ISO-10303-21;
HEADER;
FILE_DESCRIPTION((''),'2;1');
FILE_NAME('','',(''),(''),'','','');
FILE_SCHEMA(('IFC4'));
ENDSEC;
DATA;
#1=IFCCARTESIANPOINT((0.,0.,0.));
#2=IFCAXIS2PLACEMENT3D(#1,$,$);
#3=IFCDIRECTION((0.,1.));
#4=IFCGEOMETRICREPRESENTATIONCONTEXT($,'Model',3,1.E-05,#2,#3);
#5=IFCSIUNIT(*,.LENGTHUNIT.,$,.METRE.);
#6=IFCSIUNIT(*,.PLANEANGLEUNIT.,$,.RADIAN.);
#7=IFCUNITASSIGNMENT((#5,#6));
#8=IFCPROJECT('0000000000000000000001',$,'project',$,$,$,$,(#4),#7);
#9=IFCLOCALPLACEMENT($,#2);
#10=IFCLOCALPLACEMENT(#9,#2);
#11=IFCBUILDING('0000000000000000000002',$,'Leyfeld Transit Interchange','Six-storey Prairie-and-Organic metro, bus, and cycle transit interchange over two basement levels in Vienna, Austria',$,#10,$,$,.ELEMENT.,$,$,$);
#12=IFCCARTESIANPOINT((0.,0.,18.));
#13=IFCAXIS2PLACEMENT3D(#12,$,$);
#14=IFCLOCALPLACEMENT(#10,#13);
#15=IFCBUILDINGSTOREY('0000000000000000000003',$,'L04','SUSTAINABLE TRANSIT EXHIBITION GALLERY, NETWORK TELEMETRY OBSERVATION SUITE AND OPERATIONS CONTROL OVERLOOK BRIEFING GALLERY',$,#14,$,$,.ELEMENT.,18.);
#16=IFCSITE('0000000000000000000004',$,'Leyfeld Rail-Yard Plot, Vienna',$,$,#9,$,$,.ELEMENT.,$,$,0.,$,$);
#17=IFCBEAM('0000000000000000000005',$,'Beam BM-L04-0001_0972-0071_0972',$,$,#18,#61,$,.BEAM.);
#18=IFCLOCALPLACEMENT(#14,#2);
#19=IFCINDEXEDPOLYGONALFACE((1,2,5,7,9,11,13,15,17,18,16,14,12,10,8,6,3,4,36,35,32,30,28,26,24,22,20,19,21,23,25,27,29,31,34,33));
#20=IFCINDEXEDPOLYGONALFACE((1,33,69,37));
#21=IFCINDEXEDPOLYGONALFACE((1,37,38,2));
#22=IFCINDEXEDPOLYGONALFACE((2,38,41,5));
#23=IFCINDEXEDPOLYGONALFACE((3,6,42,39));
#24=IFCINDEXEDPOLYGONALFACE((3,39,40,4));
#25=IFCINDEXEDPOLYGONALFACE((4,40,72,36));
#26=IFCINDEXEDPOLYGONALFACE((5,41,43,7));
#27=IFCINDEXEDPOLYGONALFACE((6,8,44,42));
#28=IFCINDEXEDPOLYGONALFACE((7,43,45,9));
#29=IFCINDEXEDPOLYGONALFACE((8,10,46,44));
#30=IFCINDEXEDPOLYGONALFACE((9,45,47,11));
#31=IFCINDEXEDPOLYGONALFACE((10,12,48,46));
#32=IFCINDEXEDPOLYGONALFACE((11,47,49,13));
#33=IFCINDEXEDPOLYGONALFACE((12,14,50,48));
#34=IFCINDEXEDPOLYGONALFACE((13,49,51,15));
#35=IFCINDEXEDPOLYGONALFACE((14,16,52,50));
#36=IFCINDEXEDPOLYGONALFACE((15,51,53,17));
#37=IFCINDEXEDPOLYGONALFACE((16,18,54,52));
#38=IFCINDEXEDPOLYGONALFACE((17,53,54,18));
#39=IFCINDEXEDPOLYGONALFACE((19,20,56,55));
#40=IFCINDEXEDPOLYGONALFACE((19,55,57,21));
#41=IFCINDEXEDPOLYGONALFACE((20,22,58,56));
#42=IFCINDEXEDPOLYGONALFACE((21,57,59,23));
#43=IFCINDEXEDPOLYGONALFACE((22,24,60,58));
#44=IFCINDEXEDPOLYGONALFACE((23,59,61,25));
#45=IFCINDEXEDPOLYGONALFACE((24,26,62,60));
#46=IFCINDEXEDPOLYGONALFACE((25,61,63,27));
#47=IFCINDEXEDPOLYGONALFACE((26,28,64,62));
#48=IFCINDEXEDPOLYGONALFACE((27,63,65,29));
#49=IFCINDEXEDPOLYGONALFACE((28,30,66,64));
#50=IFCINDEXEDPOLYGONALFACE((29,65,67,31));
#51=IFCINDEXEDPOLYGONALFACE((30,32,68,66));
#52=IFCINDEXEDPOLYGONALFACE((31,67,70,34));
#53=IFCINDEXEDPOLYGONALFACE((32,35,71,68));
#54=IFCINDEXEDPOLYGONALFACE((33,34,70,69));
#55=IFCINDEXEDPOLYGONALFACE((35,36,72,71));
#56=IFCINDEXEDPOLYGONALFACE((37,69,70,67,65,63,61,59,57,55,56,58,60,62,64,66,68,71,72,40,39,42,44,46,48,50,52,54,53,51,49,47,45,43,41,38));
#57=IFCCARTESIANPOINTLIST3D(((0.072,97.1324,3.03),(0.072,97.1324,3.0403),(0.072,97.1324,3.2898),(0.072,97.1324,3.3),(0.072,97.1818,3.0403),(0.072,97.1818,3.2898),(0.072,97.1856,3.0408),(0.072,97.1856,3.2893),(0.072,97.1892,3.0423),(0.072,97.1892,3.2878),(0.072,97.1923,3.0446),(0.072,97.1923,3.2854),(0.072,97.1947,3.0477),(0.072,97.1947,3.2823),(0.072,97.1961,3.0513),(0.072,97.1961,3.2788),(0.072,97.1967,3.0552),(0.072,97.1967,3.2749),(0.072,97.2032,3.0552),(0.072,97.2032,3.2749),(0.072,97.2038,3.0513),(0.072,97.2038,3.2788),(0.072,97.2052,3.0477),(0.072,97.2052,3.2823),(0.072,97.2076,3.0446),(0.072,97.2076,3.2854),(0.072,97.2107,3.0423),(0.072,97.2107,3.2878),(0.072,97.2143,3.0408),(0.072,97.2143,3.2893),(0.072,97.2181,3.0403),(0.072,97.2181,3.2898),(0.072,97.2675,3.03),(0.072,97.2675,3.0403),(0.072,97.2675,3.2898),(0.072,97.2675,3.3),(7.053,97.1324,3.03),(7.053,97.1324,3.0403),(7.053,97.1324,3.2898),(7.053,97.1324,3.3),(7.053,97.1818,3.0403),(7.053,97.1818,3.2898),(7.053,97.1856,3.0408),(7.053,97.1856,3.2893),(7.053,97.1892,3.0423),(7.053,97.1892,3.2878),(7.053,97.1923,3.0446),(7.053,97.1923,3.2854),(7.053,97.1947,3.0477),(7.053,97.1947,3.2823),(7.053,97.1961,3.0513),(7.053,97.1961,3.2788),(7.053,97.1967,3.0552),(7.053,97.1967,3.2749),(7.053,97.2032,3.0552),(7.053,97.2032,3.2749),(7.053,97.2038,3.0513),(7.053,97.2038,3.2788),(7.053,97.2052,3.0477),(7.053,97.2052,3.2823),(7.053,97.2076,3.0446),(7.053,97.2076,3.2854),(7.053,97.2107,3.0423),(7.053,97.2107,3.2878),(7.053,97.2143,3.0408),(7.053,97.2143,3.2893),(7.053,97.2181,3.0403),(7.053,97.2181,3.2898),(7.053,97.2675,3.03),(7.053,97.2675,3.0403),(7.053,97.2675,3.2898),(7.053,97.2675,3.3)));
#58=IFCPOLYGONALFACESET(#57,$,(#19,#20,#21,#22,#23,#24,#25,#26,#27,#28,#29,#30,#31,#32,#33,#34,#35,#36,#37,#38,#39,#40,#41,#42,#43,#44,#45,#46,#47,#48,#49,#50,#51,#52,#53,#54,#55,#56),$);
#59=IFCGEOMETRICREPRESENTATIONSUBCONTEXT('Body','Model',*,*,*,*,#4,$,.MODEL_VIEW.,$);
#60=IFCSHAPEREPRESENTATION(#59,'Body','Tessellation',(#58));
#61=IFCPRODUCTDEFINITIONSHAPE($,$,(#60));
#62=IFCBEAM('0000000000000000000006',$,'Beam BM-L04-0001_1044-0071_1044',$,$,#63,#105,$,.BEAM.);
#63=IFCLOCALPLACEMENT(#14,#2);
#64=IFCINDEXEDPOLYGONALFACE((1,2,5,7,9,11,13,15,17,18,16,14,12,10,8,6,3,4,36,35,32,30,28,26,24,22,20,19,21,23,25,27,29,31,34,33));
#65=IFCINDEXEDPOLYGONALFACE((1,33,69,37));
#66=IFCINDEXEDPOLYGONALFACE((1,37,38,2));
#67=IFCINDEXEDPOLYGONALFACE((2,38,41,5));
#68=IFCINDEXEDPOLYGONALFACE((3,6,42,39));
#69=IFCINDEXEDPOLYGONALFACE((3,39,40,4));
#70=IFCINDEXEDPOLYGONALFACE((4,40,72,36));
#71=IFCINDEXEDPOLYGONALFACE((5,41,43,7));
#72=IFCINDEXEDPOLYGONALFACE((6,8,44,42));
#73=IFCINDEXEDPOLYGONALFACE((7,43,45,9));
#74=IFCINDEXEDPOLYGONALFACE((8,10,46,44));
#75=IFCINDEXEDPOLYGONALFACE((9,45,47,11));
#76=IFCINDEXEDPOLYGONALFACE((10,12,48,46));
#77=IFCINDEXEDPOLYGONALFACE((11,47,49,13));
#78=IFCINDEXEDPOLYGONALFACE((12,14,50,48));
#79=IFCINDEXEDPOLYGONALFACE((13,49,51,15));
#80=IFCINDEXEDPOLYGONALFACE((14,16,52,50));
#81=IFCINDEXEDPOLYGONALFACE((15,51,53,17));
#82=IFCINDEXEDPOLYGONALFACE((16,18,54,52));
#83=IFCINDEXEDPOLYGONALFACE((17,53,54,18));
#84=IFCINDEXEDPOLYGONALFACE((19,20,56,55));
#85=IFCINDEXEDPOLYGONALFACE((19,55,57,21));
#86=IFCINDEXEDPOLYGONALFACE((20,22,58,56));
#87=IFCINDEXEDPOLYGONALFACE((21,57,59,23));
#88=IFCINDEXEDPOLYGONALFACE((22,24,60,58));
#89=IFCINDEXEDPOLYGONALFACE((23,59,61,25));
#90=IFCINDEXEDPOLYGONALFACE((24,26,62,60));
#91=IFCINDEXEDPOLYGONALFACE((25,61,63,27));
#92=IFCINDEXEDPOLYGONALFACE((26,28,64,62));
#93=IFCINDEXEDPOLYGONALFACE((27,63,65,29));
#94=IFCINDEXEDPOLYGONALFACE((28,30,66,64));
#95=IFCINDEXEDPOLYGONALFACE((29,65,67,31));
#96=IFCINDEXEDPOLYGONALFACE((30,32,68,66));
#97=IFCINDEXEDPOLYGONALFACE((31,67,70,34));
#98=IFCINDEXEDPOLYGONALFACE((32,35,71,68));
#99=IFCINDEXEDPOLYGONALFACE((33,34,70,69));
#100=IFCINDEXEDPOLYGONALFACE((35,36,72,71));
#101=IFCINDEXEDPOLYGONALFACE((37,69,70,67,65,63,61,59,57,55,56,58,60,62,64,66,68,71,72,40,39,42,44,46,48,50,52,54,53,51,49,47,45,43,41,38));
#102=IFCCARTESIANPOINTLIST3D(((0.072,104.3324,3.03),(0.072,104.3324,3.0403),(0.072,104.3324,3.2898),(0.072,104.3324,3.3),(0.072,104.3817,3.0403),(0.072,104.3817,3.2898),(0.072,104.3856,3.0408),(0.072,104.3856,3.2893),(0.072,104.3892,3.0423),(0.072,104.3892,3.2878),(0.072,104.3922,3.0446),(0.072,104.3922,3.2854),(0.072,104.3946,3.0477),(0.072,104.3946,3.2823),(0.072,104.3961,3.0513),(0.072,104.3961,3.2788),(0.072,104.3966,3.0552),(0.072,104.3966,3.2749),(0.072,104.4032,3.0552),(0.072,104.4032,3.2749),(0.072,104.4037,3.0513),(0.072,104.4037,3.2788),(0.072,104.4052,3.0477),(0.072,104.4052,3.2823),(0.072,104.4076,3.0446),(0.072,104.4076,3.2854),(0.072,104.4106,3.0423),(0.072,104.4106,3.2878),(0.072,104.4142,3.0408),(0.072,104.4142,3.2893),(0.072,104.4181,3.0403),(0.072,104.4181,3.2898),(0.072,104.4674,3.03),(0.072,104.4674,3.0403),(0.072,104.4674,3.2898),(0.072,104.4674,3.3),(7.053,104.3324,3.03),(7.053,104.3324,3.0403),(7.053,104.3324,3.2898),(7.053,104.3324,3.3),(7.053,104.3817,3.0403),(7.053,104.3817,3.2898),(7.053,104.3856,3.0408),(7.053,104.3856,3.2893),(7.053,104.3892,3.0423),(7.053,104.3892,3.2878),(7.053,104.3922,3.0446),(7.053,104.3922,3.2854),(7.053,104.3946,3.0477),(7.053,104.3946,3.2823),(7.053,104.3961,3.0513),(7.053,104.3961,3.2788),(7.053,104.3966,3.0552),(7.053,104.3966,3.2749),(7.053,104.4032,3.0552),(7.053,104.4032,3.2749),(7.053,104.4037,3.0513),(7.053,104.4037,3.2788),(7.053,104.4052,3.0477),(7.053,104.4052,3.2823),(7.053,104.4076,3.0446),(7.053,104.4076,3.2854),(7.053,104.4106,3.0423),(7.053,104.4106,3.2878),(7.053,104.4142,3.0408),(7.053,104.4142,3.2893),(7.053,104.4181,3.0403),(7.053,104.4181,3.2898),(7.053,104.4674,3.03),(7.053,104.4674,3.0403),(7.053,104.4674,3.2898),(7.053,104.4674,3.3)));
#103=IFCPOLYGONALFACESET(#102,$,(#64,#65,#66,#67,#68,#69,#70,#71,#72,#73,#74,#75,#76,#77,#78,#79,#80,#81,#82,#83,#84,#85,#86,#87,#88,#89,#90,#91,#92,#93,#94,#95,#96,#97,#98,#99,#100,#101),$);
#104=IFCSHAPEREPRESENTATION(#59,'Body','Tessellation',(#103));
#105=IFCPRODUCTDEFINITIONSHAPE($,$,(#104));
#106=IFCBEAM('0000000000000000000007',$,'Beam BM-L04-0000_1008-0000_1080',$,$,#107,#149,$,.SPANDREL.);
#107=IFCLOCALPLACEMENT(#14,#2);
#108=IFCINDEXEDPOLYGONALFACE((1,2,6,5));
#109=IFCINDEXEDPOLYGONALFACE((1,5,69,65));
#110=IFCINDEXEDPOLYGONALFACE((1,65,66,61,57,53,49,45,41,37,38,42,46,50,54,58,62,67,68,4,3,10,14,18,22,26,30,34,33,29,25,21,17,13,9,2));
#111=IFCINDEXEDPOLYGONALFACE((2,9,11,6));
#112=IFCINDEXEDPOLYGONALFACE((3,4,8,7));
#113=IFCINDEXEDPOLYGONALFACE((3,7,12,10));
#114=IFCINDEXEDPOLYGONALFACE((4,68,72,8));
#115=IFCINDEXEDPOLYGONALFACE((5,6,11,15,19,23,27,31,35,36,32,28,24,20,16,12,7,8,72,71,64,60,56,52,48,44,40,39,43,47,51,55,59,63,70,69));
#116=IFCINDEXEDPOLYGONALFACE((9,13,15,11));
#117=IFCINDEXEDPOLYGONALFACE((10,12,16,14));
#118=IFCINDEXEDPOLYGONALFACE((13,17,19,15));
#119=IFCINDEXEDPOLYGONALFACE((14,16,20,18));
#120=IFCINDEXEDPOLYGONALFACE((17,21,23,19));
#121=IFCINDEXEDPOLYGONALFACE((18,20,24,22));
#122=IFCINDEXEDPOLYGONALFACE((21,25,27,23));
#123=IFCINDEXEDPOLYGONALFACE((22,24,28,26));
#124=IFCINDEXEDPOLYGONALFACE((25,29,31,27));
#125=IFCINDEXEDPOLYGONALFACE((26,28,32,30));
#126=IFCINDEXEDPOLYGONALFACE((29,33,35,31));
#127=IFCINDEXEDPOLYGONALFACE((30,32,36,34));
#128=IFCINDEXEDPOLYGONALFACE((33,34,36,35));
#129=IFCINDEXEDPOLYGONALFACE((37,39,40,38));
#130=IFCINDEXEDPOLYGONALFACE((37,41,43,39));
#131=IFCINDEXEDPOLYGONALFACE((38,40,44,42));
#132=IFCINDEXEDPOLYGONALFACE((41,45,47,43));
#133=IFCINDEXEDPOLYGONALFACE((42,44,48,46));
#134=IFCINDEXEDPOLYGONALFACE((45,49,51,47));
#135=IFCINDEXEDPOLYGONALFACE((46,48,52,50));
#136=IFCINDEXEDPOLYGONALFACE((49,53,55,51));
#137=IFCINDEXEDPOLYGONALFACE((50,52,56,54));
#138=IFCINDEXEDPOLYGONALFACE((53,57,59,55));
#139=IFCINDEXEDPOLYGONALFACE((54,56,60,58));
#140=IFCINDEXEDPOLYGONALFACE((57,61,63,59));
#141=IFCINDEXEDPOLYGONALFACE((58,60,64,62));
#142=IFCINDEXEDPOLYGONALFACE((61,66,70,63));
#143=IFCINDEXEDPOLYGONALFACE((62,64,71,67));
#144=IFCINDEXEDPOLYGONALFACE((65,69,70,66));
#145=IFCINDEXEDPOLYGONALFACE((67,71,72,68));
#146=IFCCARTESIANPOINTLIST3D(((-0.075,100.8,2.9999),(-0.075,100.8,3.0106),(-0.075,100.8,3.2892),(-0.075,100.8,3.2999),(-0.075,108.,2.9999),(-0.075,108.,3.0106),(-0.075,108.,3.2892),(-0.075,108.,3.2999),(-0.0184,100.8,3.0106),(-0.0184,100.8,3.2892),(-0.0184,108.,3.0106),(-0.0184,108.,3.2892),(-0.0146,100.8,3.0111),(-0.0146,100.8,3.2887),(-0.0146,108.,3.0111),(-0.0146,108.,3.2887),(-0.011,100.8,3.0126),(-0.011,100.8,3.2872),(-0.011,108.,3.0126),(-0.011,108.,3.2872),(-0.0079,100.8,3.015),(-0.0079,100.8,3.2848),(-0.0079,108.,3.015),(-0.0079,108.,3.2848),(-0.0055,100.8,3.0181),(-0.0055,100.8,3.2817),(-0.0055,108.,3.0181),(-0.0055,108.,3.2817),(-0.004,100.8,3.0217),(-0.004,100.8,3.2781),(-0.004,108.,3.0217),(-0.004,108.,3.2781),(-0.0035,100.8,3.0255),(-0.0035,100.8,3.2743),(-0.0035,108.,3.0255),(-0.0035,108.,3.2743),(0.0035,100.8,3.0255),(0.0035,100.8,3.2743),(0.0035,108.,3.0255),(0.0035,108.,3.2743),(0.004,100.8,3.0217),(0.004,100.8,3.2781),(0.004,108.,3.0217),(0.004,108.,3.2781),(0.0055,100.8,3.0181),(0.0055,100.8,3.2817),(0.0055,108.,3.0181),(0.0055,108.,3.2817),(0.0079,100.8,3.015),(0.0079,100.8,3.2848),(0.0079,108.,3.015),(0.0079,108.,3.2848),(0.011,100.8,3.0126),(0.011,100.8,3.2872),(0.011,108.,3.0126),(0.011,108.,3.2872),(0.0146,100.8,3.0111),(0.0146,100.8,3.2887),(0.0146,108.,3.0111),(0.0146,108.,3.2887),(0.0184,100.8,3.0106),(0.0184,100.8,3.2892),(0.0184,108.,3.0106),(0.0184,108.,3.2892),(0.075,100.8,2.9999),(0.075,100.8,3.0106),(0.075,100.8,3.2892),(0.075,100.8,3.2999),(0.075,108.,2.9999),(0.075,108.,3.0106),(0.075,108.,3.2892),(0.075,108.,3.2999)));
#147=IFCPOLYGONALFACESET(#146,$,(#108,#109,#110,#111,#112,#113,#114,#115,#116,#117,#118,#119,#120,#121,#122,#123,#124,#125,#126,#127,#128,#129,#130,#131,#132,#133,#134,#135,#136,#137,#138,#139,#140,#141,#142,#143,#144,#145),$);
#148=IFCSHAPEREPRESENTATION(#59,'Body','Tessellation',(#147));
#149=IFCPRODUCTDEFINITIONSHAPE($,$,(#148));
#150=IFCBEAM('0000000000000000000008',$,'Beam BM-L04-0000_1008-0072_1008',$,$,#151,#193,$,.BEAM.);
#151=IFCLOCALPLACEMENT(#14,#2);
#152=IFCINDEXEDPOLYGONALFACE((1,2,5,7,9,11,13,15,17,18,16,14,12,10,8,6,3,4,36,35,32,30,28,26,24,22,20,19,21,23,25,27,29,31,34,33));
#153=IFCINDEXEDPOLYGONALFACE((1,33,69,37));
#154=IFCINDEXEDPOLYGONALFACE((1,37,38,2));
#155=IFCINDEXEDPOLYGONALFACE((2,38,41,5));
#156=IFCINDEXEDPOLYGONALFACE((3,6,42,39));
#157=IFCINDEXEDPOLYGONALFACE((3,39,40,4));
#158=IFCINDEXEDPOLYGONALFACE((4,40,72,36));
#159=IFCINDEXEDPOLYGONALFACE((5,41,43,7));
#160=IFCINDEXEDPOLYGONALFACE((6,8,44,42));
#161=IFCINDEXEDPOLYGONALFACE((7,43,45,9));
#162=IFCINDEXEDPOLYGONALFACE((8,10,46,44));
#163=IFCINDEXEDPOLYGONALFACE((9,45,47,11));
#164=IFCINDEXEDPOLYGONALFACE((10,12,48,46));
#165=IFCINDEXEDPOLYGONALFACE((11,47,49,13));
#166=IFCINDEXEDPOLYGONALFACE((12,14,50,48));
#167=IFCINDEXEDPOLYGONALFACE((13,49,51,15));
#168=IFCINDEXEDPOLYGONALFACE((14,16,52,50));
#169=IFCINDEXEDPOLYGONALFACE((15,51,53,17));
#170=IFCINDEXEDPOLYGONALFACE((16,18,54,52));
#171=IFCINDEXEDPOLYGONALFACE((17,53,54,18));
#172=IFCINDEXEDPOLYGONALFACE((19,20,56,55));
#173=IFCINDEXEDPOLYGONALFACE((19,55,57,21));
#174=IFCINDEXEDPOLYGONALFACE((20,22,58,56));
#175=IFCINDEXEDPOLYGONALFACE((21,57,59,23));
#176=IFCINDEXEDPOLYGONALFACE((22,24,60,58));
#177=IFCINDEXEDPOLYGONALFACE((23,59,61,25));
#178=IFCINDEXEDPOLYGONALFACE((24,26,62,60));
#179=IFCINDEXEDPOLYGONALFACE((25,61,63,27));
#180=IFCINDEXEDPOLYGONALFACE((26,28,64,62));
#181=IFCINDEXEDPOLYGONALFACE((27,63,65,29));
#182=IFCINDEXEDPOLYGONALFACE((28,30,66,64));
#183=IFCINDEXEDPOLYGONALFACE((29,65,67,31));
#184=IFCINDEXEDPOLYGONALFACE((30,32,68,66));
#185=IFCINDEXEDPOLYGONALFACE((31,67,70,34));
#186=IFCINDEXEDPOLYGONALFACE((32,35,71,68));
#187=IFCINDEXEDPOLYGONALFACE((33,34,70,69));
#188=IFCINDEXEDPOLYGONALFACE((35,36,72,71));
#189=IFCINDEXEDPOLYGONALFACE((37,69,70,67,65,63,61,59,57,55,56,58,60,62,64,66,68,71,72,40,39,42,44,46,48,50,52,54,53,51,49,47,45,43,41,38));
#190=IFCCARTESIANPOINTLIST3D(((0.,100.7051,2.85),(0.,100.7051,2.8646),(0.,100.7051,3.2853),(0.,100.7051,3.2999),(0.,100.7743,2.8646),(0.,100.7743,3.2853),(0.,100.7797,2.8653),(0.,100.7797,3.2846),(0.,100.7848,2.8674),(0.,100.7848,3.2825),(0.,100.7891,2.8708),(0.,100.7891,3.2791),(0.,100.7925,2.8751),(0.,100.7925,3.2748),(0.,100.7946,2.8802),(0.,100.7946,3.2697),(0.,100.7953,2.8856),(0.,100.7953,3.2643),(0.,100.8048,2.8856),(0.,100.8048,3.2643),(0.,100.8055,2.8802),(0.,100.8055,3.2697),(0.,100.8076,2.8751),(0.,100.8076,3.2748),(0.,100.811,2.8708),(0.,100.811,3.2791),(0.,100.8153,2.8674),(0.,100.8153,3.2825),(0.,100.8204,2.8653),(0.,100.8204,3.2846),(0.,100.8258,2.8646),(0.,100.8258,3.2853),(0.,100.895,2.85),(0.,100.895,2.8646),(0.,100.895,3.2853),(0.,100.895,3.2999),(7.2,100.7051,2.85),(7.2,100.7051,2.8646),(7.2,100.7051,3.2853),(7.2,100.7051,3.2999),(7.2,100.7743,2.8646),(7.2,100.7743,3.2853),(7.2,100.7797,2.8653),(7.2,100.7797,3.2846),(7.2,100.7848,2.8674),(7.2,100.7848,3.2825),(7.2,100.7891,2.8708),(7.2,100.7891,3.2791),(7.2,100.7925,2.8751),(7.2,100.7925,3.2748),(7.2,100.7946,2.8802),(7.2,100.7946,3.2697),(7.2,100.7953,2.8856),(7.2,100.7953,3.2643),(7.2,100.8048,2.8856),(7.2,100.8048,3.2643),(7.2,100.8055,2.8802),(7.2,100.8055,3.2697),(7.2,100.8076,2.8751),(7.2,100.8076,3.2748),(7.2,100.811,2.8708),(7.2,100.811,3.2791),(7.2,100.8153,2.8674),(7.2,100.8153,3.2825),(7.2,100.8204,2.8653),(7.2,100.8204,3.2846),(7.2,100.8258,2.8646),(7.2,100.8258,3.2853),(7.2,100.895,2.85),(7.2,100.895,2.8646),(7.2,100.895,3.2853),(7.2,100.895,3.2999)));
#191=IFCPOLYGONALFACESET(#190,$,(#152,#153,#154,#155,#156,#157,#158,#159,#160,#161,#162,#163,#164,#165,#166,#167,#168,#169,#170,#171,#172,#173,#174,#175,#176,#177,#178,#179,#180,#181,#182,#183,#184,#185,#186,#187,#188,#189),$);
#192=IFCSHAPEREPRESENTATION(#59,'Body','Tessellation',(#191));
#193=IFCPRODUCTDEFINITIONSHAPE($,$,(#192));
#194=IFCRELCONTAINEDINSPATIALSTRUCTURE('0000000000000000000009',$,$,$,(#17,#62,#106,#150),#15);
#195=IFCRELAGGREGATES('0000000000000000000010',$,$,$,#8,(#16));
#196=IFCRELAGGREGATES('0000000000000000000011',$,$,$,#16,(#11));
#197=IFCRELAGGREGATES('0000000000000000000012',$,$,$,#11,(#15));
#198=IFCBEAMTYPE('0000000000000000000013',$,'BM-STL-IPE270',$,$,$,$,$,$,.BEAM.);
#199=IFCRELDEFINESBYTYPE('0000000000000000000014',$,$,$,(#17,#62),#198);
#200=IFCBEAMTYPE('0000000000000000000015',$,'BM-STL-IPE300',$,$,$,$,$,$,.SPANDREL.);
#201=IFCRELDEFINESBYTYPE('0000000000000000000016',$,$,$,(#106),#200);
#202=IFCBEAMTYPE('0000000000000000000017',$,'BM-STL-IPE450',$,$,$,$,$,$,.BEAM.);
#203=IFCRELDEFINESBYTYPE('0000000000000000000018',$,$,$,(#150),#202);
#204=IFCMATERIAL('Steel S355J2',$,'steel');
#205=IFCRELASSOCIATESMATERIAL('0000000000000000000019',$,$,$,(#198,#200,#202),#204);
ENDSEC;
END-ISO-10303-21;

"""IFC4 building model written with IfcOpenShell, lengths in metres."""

from ifc_helpers import new_model, si_unit, direction, frame, origin, origin_2d, place, context, subcontext, project, spatial, i_section, extrude, material, material_profile, profile_set, type_object, element, save


model = new_model("IFC4")

# Units and contexts
model_context = context("Model", 3, precision=1e-05, world=origin(), true_north=direction((0.0, 1.0)))
body_context = subcontext(model_context, "Body", "Model", "MODEL_VIEW")
ifc_project = project(units=[si_unit("LENGTHUNIT", "METRE"), si_unit("PLANEANGLEUNIT", "RADIAN")], contexts=[model_context])

# Site, building, storey
site_placement = place(None, origin())
site = spatial("IfcSite", under=ifc_project, at=site_placement, Name="Leyfeld Rail-Yard Plot, Vienna", CompositionType="ELEMENT", RefElevation=0.0)
building_placement = place(site_placement, origin())
building = spatial("IfcBuilding", under=site, at=building_placement, Name="Leyfeld Transit Interchange", Description="Six-storey Prairie-and-Organic metro, bus, and cycle transit interchange over two basement levels in Vienna, Austria", CompositionType="ELEMENT")
storey_placement = place(building_placement, frame((0.0, 0.0, 18.0)))
storey = spatial("IfcBuildingStorey", under=building, at=storey_placement, Name="L04", Description="SUSTAINABLE TRANSIT EXHIBITION GALLERY, NETWORK TELEMETRY OBSERVATION SUITE AND OPERATIONS CONTROL OVERLOOK BRIEFING GALLERY", CompositionType="ELEMENT", Elevation=18.0)

# Shared definitions
ifc_material_1 = material(Name="Steel S355J2", Category="steel")

# Beams
ifc_material_profile_1 = material_profile(ifc_material_1, i_section(OverallWidth=0.135, OverallDepth=0.27, WebThickness=0.0066, FlangeThickness=0.0103, FilletRadius=0.0149, at=origin_2d()), Name="IPE 270")
ifc_profile_set_1 = profile_set([ifc_material_profile_1], Name="Steel S355J2")
beam_type_1 = type_object("IfcBeamType", Name="BM-STL-IPE270", PredefinedType="BEAM", material=ifc_profile_set_1)
for number, where, z_axis, x_axis, name in (
    (1, (0.072, 97.2, 3.165), (1.0, 0.0, 0.0), (0.0, 1.0, 0.0), "Beam BM-L04-0001_0972-0071_0972"),
    (2, (0.072, 104.3999, 3.165), (1.0, 0.0, 0.0), (0.0, 1.0, 0.0), "Beam BM-L04-0001_1044-0071_1044"),
):
    element("IfcBeam", number, at=place(storey_placement, frame(where, z_axis=z_axis, x_axis=x_axis)), inside=storey, type_object=beam_type_1, Name=name, PredefinedType="BEAM", context=body_context, shape_type="SweptSolid", body=[
        extrude(i_section(OverallWidth=0.135, OverallDepth=0.27, WebThickness=0.0066, FlangeThickness=0.0103, FilletRadius=0.0149, at=origin_2d()), origin(), (0.0, 0.0, 1.0), 6.981),
    ])
ifc_material_profile_2 = material_profile(ifc_material_1, i_section(OverallWidth=0.1499, OverallDepth=0.3, WebThickness=0.0071, FlangeThickness=0.0107, FilletRadius=0.0149, at=origin_2d()), Name="IPE 300")
ifc_profile_set_2 = profile_set([ifc_material_profile_2], Name="Steel S355J2")
beam_type_2 = type_object("IfcBeamType", Name="BM-STL-IPE300", PredefinedType="SPANDREL", material=ifc_profile_set_2)
beam_1_placement = place(storey_placement, frame((0.0, 100.8, 3.1499), z_axis=(0.0, 1.0, 0.0), x_axis=(-1.0, 0.0, 0.0)))
element("IfcBeam", 3, at=beam_1_placement, inside=storey, type_object=beam_type_2, Name="Beam BM-L04-0000_1008-0000_1080", PredefinedType="SPANDREL", context=body_context, shape_type="SweptSolid", body=[
    extrude(i_section(OverallWidth=0.1499, OverallDepth=0.3, WebThickness=0.0071, FlangeThickness=0.0107, FilletRadius=0.0149, at=origin_2d()), origin(), (0.0, 0.0, 1.0), 7.2),
])
ifc_material_profile_3 = material_profile(ifc_material_1, i_section(OverallWidth=0.1899, OverallDepth=0.45, WebThickness=0.0095, FlangeThickness=0.0146, FilletRadius=0.021, at=origin_2d()), Name="IPE 450")
ifc_profile_set_3 = profile_set([ifc_material_profile_3], Name="Steel S355J2")
beam_type_3 = type_object("IfcBeamType", Name="BM-STL-IPE450", PredefinedType="BEAM", material=ifc_profile_set_3)
beam_2_placement = place(storey_placement, frame((0.0, 100.8, 3.075), z_axis=(1.0, 0.0, 0.0), x_axis=(0.0, 1.0, 0.0)))
element("IfcBeam", 4, at=beam_2_placement, inside=storey, type_object=beam_type_3, Name="Beam BM-L04-0000_1008-0072_1008", PredefinedType="BEAM", context=body_context, shape_type="SweptSolid", body=[
    extrude(i_section(OverallWidth=0.1899, OverallDepth=0.45, WebThickness=0.0095, FlangeThickness=0.0146, FilletRadius=0.021, at=origin_2d()), origin(), (0.0, 0.0, 1.0), 7.2),
])

save(model, "model.ifc")
